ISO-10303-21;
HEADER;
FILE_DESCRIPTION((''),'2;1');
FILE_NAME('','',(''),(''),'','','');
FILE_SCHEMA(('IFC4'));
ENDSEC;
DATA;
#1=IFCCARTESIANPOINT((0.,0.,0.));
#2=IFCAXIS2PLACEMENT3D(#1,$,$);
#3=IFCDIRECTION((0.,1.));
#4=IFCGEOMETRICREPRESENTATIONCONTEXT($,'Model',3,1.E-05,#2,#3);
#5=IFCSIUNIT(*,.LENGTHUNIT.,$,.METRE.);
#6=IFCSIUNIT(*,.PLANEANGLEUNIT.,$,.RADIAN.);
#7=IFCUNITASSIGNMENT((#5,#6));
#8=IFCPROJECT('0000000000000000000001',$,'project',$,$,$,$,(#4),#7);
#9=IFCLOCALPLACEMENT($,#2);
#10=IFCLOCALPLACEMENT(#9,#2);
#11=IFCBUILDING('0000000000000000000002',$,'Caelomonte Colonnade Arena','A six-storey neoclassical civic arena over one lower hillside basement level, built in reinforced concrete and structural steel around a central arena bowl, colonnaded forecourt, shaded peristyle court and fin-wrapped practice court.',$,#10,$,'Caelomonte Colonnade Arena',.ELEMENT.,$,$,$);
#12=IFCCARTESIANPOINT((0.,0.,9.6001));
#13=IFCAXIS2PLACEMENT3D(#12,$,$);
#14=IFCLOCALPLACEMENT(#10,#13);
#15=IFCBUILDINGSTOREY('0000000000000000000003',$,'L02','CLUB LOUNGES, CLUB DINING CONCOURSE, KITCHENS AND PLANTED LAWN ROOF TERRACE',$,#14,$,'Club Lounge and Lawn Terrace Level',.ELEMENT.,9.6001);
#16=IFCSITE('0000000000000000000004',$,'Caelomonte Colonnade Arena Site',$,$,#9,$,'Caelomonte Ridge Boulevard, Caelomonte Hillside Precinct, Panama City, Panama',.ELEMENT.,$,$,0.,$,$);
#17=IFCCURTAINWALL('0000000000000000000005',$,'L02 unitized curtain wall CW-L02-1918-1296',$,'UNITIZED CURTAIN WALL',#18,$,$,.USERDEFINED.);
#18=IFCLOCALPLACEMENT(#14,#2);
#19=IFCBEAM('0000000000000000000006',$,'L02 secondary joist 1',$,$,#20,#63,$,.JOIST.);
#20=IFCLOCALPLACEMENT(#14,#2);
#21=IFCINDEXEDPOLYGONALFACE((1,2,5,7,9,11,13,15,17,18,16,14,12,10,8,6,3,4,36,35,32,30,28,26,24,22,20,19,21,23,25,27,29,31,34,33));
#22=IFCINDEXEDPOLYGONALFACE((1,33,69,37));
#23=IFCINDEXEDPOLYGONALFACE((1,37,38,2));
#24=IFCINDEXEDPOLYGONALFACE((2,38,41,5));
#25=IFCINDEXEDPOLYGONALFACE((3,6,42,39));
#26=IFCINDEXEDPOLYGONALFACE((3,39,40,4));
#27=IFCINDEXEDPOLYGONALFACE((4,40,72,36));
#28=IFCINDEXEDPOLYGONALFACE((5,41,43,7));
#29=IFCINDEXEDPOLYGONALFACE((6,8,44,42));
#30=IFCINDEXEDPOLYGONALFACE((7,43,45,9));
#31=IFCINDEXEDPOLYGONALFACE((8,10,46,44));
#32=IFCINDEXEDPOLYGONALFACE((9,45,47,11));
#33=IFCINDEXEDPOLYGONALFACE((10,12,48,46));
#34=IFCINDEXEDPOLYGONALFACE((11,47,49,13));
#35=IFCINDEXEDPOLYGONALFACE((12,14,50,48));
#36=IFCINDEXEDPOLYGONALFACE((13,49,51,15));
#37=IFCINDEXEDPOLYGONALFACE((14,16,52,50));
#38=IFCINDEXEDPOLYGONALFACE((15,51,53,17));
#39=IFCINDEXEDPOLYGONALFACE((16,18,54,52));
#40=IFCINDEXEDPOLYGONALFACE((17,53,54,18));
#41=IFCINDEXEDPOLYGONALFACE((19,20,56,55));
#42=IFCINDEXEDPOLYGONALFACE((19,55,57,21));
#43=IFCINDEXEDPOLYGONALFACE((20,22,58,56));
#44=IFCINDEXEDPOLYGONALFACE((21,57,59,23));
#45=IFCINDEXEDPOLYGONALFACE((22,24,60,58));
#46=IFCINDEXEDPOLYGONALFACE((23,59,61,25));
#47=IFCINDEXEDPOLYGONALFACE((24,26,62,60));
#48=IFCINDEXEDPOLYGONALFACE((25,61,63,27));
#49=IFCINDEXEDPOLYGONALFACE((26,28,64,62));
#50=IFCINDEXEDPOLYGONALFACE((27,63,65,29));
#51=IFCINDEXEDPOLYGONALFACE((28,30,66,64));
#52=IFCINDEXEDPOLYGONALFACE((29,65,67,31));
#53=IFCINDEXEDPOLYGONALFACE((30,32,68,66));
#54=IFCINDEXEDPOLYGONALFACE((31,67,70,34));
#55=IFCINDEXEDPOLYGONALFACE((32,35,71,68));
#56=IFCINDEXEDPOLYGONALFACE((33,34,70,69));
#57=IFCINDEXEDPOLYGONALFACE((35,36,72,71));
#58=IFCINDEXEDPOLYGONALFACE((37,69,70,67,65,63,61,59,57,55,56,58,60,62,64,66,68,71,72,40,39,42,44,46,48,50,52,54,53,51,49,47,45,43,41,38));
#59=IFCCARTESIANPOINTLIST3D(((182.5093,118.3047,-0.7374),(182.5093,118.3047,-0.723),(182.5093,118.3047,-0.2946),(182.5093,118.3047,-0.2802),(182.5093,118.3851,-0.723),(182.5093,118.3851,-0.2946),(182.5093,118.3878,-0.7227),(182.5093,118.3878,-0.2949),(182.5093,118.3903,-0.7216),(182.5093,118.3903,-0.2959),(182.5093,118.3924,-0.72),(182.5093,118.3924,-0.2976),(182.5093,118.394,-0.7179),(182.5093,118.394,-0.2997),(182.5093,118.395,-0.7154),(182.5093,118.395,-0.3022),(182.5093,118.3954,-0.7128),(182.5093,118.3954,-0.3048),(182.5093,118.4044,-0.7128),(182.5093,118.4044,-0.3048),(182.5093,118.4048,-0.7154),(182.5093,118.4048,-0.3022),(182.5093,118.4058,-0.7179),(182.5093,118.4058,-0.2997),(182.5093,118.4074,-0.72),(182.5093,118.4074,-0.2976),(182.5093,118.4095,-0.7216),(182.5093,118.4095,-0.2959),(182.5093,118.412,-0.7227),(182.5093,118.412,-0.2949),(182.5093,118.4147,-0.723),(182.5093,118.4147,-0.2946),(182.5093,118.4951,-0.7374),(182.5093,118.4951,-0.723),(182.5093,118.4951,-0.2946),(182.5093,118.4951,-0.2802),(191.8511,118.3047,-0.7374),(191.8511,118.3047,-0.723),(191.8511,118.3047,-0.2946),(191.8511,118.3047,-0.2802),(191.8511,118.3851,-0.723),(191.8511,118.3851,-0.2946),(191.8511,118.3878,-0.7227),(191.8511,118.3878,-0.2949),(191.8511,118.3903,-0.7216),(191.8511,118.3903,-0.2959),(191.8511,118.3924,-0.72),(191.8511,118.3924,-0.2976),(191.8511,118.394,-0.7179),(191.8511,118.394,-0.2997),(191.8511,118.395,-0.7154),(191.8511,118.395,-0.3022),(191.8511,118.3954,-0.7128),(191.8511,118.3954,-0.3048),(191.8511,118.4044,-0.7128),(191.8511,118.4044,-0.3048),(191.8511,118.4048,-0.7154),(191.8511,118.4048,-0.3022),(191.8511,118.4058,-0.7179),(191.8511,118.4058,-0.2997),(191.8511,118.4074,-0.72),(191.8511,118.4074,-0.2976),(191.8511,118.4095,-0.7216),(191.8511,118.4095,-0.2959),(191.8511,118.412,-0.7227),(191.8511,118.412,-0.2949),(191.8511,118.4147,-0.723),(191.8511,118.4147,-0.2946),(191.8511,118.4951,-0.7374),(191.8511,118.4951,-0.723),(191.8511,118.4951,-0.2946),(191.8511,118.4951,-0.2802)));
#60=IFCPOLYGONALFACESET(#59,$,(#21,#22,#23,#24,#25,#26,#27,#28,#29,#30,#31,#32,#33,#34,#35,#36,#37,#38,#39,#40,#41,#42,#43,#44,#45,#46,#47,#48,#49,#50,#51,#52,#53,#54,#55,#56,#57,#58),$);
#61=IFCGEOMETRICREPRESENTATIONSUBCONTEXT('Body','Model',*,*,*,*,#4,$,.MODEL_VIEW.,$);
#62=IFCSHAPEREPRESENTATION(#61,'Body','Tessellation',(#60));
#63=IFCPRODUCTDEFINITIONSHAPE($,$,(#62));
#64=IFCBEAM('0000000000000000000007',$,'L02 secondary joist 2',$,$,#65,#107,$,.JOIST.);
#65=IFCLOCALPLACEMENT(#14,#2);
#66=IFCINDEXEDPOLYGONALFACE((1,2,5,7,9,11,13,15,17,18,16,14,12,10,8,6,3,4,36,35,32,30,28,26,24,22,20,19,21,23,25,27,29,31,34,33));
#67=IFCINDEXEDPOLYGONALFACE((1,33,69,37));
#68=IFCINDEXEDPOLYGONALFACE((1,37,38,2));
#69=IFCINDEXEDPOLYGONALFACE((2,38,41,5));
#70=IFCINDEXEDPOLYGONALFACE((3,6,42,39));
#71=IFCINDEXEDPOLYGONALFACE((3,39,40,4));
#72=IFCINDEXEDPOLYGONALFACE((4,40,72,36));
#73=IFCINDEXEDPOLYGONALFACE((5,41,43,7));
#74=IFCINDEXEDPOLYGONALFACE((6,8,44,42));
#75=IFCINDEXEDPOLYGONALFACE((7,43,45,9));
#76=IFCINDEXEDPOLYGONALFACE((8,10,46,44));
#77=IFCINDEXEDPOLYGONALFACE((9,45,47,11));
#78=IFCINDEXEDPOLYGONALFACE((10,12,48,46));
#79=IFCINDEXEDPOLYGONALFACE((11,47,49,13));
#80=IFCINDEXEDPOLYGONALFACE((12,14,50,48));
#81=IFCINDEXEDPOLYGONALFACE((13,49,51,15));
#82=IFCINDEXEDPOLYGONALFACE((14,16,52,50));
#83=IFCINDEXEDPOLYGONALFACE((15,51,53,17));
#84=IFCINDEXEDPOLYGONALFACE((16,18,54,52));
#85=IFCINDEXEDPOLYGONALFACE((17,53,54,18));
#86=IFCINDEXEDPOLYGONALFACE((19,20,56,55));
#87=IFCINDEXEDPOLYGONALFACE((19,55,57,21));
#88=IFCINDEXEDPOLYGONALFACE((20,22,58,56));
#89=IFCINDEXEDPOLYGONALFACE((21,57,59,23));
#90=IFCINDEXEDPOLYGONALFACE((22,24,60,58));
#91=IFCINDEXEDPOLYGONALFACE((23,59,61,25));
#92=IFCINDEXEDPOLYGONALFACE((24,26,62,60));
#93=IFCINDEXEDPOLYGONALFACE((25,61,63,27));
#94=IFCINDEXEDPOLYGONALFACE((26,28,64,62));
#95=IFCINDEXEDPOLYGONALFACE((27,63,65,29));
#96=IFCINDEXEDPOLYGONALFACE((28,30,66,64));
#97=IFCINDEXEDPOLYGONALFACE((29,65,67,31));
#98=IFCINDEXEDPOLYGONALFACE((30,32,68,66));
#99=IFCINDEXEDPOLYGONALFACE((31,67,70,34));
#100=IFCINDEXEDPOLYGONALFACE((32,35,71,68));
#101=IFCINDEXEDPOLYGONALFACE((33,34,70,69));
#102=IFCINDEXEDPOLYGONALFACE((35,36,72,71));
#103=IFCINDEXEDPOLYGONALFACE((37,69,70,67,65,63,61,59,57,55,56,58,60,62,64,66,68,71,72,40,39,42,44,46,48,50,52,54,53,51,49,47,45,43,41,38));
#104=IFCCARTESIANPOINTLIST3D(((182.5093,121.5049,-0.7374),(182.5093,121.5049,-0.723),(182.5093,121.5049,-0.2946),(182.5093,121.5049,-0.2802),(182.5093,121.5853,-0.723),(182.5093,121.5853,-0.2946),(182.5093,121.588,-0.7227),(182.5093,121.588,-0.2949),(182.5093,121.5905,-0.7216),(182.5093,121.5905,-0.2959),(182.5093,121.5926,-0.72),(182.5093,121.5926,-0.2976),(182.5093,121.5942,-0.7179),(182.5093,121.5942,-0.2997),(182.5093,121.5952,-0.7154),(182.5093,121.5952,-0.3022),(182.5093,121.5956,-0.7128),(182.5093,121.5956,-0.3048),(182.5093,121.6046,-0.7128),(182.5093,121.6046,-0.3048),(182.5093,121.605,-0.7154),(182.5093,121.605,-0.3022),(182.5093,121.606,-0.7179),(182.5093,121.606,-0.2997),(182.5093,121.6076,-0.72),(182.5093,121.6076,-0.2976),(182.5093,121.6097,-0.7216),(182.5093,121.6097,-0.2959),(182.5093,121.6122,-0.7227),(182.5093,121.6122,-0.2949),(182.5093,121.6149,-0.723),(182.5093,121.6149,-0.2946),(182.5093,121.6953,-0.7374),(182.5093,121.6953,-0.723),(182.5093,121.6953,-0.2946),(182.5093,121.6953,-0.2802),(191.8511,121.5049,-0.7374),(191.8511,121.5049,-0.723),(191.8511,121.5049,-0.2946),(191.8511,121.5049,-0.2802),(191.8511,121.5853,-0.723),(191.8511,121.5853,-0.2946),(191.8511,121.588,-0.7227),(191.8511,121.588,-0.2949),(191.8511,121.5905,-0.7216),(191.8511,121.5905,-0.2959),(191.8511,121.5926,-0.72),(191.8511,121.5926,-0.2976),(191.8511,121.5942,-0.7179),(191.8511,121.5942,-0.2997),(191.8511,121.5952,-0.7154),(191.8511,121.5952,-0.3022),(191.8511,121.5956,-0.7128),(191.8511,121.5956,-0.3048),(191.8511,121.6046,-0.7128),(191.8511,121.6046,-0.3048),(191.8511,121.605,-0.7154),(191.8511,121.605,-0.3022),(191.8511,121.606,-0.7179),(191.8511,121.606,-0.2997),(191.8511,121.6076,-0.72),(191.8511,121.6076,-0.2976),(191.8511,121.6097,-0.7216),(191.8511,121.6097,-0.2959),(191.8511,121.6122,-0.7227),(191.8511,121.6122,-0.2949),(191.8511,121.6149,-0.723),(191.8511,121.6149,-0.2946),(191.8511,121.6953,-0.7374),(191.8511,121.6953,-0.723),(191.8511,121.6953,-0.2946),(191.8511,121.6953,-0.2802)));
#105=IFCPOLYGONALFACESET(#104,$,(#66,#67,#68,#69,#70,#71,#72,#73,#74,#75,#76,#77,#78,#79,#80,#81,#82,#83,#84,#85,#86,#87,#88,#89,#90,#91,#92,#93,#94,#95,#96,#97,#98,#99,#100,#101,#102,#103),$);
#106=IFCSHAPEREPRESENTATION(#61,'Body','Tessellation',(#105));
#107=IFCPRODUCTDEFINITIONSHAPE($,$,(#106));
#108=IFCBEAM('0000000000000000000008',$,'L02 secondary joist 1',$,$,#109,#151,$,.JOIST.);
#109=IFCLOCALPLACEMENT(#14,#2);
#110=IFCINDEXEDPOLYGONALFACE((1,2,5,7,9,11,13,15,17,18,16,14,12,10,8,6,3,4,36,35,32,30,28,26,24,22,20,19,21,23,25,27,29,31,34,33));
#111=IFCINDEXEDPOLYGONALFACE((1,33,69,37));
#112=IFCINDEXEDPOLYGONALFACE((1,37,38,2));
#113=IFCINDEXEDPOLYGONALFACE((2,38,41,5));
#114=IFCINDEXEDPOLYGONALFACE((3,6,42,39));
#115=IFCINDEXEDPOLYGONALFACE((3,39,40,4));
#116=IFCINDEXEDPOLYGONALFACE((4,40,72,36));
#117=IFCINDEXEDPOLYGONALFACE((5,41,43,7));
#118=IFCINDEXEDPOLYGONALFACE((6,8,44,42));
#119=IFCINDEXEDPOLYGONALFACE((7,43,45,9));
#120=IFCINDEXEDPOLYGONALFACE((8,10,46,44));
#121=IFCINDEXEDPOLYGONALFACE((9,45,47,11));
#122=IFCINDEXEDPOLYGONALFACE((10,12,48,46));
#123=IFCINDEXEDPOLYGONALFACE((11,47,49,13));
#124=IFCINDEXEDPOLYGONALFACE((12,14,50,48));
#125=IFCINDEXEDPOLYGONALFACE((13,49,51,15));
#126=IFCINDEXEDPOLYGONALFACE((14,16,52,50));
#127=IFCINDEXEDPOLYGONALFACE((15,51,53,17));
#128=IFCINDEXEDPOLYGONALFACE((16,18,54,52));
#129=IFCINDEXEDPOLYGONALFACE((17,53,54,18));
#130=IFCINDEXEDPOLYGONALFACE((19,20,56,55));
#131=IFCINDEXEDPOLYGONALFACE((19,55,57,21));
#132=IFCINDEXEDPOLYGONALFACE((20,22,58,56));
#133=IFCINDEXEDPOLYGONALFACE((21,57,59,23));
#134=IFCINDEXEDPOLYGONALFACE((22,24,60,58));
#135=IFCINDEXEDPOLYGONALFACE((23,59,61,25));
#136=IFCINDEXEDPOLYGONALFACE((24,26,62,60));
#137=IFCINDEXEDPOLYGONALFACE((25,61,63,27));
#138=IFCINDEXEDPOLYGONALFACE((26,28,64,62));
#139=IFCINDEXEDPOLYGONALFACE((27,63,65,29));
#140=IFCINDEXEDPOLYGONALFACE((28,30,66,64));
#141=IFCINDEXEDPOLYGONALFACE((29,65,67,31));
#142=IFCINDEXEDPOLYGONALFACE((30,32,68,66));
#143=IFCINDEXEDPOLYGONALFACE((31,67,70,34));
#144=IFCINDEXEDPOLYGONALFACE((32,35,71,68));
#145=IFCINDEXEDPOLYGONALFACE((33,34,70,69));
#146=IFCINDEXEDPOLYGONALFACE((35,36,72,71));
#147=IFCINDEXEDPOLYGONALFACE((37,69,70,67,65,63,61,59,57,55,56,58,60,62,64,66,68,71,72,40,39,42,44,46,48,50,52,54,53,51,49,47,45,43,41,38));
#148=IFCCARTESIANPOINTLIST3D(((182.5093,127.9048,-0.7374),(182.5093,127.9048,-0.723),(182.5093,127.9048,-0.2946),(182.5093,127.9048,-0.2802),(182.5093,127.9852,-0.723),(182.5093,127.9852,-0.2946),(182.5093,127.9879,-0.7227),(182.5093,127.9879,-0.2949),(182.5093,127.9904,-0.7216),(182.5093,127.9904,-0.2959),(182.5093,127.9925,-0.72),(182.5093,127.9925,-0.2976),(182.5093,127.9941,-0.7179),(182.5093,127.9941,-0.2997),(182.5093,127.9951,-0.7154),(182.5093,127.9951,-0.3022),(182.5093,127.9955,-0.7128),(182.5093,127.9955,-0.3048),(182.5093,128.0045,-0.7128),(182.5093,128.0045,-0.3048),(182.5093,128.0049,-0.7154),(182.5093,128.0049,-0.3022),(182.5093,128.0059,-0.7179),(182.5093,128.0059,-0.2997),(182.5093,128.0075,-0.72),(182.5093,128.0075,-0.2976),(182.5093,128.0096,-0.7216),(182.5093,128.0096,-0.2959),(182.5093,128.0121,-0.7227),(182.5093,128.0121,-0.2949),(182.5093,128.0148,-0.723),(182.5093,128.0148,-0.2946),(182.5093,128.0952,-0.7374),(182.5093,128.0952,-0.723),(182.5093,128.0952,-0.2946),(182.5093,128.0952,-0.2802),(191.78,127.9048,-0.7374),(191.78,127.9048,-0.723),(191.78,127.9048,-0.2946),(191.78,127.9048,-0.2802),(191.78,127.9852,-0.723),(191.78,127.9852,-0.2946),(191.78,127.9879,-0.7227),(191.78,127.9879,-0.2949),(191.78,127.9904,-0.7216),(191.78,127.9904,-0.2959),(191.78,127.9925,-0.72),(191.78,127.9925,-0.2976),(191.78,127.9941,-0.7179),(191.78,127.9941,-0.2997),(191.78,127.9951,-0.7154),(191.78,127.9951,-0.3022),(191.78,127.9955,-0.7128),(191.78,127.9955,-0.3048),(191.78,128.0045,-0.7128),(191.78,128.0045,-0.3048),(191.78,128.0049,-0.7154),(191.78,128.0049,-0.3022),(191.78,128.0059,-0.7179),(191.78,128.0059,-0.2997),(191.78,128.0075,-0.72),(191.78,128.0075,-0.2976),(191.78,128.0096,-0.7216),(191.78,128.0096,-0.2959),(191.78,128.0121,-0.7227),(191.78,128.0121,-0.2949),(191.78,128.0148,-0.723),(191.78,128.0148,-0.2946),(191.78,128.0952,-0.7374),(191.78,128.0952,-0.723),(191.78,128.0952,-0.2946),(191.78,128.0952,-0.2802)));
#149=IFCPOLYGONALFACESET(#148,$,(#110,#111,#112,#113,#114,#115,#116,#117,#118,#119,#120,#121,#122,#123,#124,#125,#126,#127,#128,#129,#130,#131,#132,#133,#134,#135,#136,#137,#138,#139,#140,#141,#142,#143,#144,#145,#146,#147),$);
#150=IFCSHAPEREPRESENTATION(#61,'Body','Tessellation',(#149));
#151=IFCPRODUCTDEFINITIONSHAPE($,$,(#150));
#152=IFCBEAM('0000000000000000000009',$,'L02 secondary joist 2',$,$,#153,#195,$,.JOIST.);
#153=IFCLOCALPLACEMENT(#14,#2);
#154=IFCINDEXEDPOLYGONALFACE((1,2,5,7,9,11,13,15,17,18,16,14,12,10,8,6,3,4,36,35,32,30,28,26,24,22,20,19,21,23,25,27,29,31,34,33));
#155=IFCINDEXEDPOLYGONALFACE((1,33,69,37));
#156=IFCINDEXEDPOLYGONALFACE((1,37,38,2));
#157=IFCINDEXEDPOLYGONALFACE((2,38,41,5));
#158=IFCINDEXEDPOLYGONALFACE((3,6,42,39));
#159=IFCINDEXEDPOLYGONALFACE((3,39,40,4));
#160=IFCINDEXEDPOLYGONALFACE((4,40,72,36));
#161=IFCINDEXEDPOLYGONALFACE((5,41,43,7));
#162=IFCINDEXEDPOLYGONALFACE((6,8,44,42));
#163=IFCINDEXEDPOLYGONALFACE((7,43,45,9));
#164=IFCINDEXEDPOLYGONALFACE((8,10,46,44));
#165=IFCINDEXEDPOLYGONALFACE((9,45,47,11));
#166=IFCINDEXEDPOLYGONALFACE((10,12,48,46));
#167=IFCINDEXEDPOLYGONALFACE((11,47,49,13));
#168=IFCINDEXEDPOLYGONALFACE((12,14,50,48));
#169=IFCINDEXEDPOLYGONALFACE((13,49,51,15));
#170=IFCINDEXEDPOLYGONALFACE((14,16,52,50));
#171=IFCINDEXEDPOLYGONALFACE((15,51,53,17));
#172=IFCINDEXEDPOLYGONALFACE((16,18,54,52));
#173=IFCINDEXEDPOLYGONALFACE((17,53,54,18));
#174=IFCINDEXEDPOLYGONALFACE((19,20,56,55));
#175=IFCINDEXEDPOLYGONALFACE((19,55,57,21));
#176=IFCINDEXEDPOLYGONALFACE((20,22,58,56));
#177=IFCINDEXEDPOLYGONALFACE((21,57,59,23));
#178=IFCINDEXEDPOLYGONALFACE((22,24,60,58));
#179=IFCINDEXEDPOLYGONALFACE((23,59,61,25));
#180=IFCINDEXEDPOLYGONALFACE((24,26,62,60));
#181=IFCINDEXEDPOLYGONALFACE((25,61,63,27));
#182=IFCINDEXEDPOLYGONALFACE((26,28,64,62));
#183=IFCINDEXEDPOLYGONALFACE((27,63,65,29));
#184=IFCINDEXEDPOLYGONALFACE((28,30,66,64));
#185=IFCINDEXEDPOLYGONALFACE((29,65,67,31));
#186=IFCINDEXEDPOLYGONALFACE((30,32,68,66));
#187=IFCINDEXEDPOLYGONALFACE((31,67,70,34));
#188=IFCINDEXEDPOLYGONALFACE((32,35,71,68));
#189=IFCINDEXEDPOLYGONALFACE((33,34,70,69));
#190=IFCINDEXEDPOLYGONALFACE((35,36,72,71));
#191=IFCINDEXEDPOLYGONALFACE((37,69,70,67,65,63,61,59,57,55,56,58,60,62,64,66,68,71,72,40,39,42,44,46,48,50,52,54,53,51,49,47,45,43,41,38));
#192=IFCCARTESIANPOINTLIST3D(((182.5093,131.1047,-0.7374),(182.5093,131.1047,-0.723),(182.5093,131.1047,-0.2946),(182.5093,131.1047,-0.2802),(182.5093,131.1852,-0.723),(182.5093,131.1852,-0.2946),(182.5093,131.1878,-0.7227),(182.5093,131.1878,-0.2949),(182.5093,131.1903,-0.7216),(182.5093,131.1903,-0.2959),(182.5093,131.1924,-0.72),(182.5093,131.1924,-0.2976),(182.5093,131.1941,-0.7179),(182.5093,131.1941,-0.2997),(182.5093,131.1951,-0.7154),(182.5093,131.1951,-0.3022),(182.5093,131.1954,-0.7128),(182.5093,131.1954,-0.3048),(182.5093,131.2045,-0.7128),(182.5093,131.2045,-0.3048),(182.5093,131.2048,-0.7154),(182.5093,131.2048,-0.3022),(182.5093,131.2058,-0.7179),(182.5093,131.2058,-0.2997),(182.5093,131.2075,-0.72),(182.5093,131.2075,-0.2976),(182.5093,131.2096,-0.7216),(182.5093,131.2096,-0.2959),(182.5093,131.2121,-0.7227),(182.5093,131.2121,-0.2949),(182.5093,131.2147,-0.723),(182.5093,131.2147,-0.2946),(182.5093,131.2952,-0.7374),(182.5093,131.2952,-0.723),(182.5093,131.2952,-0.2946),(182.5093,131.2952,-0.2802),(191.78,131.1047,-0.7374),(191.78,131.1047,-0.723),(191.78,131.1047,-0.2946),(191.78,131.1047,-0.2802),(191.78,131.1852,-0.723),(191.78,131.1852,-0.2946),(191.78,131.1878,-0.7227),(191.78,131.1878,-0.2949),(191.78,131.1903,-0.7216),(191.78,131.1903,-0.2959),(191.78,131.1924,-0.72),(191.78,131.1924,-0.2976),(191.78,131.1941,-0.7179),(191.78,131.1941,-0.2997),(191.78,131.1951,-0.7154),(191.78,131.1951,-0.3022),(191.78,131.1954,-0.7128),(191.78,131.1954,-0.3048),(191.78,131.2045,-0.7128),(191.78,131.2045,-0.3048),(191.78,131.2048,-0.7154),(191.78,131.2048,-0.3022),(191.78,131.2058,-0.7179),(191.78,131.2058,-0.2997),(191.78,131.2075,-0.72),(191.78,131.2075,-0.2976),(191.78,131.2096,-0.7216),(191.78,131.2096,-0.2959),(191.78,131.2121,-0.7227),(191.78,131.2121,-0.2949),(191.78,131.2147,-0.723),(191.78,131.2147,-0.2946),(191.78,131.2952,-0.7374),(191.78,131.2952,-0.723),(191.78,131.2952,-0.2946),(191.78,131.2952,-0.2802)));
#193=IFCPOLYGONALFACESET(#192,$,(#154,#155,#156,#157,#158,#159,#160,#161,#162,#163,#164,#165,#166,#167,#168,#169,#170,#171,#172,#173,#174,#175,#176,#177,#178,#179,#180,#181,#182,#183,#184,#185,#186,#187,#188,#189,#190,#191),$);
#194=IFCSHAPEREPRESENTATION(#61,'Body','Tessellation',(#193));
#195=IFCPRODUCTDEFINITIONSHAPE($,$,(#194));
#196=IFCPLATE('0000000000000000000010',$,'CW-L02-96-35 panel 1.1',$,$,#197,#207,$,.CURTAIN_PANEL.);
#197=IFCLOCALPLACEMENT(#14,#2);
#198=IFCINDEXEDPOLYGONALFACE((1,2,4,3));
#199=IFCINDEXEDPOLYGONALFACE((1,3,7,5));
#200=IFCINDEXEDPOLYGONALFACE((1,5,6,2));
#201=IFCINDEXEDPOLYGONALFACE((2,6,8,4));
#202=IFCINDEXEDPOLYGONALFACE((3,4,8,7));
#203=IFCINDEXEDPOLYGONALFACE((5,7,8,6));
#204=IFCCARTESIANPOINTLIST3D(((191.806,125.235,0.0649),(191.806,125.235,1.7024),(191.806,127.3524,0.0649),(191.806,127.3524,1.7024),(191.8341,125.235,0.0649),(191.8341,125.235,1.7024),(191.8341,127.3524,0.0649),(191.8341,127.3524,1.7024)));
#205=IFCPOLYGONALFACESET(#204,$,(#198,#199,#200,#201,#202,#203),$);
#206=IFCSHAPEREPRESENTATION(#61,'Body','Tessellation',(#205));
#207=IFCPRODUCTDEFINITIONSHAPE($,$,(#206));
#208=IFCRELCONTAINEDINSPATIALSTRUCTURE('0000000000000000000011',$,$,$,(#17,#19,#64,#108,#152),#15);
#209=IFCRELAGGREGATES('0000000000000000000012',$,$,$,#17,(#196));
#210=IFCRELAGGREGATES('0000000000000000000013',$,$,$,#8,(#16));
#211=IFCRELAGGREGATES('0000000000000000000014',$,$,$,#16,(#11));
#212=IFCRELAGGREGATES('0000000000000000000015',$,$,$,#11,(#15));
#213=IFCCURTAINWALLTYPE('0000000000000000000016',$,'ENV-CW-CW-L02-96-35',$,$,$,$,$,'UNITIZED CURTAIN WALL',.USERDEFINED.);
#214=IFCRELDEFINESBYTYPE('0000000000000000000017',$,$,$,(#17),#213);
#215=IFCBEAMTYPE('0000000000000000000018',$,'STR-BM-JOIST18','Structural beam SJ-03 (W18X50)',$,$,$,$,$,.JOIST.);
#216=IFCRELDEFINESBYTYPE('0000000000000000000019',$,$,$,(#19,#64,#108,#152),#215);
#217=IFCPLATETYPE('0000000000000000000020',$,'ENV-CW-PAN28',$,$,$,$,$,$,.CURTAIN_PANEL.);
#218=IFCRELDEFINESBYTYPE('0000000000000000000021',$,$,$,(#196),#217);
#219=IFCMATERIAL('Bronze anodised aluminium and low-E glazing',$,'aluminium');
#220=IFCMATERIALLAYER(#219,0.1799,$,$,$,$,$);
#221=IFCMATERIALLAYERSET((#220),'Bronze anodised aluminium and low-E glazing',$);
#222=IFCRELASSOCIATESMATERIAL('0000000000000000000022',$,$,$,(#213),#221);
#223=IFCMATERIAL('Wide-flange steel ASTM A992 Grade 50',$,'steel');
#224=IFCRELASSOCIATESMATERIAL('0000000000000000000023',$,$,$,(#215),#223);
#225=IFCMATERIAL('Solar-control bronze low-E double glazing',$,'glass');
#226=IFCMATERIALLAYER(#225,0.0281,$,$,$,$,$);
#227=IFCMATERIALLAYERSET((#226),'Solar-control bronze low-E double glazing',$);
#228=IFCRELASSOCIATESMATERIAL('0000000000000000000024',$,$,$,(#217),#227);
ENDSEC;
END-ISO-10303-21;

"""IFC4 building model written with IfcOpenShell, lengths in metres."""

from ifc_helpers import new_model, si_unit, direction, frame, origin, origin_2d, place, context, subcontext, project, spatial, rectangle, i_section, extrude, material, layer, layer_set, material_profile, profile_set, type_object, element, aggregate, save


model = new_model("IFC4")

# Units and contexts
model_context = context("Model", 3, precision=1e-05, world=origin(), true_north=direction((0.0, 1.0)))
body_context = subcontext(model_context, "Body", "Model", "MODEL_VIEW")
ifc_project = project(units=[si_unit("LENGTHUNIT", "METRE"), si_unit("PLANEANGLEUNIT", "RADIAN")], contexts=[model_context])

# Site, building, storey
site_placement = place(None, origin())
site = spatial("IfcSite", under=ifc_project, at=site_placement, Name="Caelomonte Colonnade Arena Site", LongName="Caelomonte Ridge Boulevard, Caelomonte Hillside Precinct, Panama City, Panama", CompositionType="ELEMENT", RefElevation=0.0)
building_placement = place(site_placement, origin())
building = spatial("IfcBuilding", under=site, at=building_placement, Name="Caelomonte Colonnade Arena", Description="A six-storey neoclassical civic arena over one lower hillside basement level, built in reinforced concrete and structural steel around a central arena bowl, colonnaded forecourt, shaded peristyle court and fin-wrapped practice court.", LongName="Caelomonte Colonnade Arena", CompositionType="ELEMENT")
storey_placement = place(building_placement, frame((0.0, 0.0, 9.6001)))
storey = spatial("IfcBuildingStorey", under=building, at=storey_placement, Name="L02", Description="CLUB LOUNGES, CLUB DINING CONCOURSE, KITCHENS AND PLANTED LAWN ROOF TERRACE", LongName="Club Lounge and Lawn Terrace Level", CompositionType="ELEMENT", Elevation=9.6001)

# Curtain wall
ifc_material_1 = material(Name="Bronze anodised aluminium and low-E glazing", Category="aluminium")
ifc_layer_1 = layer(ifc_material_1, 0.1799)
ifc_layer_set_1 = layer_set([ifc_layer_1], Name="Bronze anodised aluminium and low-E glazing")
curtain_wall_type = type_object("IfcCurtainWallType", Name="ENV-CW-CW-L02-96-35", ElementType="UNITIZED CURTAIN WALL", PredefinedType="USERDEFINED", material=ifc_layer_set_1)
curtain_wall_placement = place(storey_placement, origin())
curtain_wall = element("IfcCurtainWall", 1, at=curtain_wall_placement, inside=storey, type_object=curtain_wall_type, Name="L02 unitized curtain wall CW-L02-1918-1296", ObjectType="UNITIZED CURTAIN WALL", PredefinedType="USERDEFINED")

# Beams
ifc_material_2 = material(Name="Wide-flange steel ASTM A992 Grade 50", Category="steel")
ifc_material_profile_1 = material_profile(ifc_material_2, i_section(OverallWidth=0.1904, OverallDepth=0.4573, WebThickness=0.009, FlangeThickness=0.0144, FilletRadius=0.0103, at=origin_2d()), Name="W18X50")
ifc_profile_set_1 = profile_set([ifc_material_profile_1], Name="Wide-flange steel ASTM A992 Grade 50")
beam_type_1 = type_object("IfcBeamType", Name="STR-BM-JOIST18", Description="Structural beam SJ-03 (W18X50)", PredefinedType="JOIST", material=ifc_profile_set_1)
for number, where, z_axis, x_axis, name in (
    (2, (182.5093, 118.3999, -0.5088), (1.0, 0.0, 0.0), (0.0, 1.0, 0.0), "L02 secondary joist 1"),
    (3, (182.5093, 121.6001, -0.5088), (1.0, 0.0, 0.0), (0.0, 1.0, 0.0), "L02 secondary joist 2"),
):
    element("IfcBeam", number, at=place(storey_placement, frame(where, z_axis=z_axis, x_axis=x_axis)), inside=storey, type_object=beam_type_1, Name=name, PredefinedType="JOIST", context=body_context, shape_type="SweptSolid", body=[
        extrude(i_section(OverallWidth=0.1904, OverallDepth=0.4573, WebThickness=0.009, FlangeThickness=0.0144, FilletRadius=0.0103, at=origin_2d()), origin(), (0.0, 0.0, 1.0), 9.3418),
    ])
for number, where, z_axis, x_axis, name in (
    (4, (182.5093, 128.0, -0.5088), (1.0, 0.0, 0.0), (0.0, 1.0, 0.0), "L02 secondary joist 1"),
    (5, (182.5093, 131.2, -0.5088), (1.0, 0.0, 0.0), (0.0, 1.0, 0.0), "L02 secondary joist 2"),
):
    element("IfcBeam", number, at=place(storey_placement, frame(where, z_axis=z_axis, x_axis=x_axis)), inside=storey, type_object=beam_type_1, Name=name, PredefinedType="JOIST", context=body_context, shape_type="SweptSolid", body=[
        extrude(i_section(OverallWidth=0.1904, OverallDepth=0.4573, WebThickness=0.009, FlangeThickness=0.0144, FilletRadius=0.0103, at=origin_2d()), origin(), (0.0, 0.0, 1.0), 9.2708),
    ])

# Plate
ifc_material_3 = material(Name="Solar-control bronze low-E double glazing", Category="glass")
ifc_layer_2 = layer(ifc_material_3, 0.0281)
ifc_layer_set_2 = layer_set([ifc_layer_2], Name="Solar-control bronze low-E double glazing")
plate_type = type_object("IfcPlateType", Name="ENV-CW-PAN28", PredefinedType="CURTAIN_PANEL", material=ifc_layer_set_2)
plate_1_placement = place(storey_placement, frame((191.8201, 126.2937, 0.0649), z_axis=(0.0, 0.0, 1.0), x_axis=(0.0, 1.0, 0.0)))
plate_1 = element("IfcPlate", 6, at=plate_1_placement, type_object=plate_type, Name="CW-L02-96-35 panel 1.1", PredefinedType="CURTAIN_PANEL", context=body_context, shape_type="SweptSolid", body=[
    extrude(rectangle(XDim=2.1174, YDim=0.0281, at=origin_2d()), origin(), (0.0, 0.0, 1.0), 1.6375),
])
aggregate(curtain_wall, [plate_1])

save(model, "model.ifc")
